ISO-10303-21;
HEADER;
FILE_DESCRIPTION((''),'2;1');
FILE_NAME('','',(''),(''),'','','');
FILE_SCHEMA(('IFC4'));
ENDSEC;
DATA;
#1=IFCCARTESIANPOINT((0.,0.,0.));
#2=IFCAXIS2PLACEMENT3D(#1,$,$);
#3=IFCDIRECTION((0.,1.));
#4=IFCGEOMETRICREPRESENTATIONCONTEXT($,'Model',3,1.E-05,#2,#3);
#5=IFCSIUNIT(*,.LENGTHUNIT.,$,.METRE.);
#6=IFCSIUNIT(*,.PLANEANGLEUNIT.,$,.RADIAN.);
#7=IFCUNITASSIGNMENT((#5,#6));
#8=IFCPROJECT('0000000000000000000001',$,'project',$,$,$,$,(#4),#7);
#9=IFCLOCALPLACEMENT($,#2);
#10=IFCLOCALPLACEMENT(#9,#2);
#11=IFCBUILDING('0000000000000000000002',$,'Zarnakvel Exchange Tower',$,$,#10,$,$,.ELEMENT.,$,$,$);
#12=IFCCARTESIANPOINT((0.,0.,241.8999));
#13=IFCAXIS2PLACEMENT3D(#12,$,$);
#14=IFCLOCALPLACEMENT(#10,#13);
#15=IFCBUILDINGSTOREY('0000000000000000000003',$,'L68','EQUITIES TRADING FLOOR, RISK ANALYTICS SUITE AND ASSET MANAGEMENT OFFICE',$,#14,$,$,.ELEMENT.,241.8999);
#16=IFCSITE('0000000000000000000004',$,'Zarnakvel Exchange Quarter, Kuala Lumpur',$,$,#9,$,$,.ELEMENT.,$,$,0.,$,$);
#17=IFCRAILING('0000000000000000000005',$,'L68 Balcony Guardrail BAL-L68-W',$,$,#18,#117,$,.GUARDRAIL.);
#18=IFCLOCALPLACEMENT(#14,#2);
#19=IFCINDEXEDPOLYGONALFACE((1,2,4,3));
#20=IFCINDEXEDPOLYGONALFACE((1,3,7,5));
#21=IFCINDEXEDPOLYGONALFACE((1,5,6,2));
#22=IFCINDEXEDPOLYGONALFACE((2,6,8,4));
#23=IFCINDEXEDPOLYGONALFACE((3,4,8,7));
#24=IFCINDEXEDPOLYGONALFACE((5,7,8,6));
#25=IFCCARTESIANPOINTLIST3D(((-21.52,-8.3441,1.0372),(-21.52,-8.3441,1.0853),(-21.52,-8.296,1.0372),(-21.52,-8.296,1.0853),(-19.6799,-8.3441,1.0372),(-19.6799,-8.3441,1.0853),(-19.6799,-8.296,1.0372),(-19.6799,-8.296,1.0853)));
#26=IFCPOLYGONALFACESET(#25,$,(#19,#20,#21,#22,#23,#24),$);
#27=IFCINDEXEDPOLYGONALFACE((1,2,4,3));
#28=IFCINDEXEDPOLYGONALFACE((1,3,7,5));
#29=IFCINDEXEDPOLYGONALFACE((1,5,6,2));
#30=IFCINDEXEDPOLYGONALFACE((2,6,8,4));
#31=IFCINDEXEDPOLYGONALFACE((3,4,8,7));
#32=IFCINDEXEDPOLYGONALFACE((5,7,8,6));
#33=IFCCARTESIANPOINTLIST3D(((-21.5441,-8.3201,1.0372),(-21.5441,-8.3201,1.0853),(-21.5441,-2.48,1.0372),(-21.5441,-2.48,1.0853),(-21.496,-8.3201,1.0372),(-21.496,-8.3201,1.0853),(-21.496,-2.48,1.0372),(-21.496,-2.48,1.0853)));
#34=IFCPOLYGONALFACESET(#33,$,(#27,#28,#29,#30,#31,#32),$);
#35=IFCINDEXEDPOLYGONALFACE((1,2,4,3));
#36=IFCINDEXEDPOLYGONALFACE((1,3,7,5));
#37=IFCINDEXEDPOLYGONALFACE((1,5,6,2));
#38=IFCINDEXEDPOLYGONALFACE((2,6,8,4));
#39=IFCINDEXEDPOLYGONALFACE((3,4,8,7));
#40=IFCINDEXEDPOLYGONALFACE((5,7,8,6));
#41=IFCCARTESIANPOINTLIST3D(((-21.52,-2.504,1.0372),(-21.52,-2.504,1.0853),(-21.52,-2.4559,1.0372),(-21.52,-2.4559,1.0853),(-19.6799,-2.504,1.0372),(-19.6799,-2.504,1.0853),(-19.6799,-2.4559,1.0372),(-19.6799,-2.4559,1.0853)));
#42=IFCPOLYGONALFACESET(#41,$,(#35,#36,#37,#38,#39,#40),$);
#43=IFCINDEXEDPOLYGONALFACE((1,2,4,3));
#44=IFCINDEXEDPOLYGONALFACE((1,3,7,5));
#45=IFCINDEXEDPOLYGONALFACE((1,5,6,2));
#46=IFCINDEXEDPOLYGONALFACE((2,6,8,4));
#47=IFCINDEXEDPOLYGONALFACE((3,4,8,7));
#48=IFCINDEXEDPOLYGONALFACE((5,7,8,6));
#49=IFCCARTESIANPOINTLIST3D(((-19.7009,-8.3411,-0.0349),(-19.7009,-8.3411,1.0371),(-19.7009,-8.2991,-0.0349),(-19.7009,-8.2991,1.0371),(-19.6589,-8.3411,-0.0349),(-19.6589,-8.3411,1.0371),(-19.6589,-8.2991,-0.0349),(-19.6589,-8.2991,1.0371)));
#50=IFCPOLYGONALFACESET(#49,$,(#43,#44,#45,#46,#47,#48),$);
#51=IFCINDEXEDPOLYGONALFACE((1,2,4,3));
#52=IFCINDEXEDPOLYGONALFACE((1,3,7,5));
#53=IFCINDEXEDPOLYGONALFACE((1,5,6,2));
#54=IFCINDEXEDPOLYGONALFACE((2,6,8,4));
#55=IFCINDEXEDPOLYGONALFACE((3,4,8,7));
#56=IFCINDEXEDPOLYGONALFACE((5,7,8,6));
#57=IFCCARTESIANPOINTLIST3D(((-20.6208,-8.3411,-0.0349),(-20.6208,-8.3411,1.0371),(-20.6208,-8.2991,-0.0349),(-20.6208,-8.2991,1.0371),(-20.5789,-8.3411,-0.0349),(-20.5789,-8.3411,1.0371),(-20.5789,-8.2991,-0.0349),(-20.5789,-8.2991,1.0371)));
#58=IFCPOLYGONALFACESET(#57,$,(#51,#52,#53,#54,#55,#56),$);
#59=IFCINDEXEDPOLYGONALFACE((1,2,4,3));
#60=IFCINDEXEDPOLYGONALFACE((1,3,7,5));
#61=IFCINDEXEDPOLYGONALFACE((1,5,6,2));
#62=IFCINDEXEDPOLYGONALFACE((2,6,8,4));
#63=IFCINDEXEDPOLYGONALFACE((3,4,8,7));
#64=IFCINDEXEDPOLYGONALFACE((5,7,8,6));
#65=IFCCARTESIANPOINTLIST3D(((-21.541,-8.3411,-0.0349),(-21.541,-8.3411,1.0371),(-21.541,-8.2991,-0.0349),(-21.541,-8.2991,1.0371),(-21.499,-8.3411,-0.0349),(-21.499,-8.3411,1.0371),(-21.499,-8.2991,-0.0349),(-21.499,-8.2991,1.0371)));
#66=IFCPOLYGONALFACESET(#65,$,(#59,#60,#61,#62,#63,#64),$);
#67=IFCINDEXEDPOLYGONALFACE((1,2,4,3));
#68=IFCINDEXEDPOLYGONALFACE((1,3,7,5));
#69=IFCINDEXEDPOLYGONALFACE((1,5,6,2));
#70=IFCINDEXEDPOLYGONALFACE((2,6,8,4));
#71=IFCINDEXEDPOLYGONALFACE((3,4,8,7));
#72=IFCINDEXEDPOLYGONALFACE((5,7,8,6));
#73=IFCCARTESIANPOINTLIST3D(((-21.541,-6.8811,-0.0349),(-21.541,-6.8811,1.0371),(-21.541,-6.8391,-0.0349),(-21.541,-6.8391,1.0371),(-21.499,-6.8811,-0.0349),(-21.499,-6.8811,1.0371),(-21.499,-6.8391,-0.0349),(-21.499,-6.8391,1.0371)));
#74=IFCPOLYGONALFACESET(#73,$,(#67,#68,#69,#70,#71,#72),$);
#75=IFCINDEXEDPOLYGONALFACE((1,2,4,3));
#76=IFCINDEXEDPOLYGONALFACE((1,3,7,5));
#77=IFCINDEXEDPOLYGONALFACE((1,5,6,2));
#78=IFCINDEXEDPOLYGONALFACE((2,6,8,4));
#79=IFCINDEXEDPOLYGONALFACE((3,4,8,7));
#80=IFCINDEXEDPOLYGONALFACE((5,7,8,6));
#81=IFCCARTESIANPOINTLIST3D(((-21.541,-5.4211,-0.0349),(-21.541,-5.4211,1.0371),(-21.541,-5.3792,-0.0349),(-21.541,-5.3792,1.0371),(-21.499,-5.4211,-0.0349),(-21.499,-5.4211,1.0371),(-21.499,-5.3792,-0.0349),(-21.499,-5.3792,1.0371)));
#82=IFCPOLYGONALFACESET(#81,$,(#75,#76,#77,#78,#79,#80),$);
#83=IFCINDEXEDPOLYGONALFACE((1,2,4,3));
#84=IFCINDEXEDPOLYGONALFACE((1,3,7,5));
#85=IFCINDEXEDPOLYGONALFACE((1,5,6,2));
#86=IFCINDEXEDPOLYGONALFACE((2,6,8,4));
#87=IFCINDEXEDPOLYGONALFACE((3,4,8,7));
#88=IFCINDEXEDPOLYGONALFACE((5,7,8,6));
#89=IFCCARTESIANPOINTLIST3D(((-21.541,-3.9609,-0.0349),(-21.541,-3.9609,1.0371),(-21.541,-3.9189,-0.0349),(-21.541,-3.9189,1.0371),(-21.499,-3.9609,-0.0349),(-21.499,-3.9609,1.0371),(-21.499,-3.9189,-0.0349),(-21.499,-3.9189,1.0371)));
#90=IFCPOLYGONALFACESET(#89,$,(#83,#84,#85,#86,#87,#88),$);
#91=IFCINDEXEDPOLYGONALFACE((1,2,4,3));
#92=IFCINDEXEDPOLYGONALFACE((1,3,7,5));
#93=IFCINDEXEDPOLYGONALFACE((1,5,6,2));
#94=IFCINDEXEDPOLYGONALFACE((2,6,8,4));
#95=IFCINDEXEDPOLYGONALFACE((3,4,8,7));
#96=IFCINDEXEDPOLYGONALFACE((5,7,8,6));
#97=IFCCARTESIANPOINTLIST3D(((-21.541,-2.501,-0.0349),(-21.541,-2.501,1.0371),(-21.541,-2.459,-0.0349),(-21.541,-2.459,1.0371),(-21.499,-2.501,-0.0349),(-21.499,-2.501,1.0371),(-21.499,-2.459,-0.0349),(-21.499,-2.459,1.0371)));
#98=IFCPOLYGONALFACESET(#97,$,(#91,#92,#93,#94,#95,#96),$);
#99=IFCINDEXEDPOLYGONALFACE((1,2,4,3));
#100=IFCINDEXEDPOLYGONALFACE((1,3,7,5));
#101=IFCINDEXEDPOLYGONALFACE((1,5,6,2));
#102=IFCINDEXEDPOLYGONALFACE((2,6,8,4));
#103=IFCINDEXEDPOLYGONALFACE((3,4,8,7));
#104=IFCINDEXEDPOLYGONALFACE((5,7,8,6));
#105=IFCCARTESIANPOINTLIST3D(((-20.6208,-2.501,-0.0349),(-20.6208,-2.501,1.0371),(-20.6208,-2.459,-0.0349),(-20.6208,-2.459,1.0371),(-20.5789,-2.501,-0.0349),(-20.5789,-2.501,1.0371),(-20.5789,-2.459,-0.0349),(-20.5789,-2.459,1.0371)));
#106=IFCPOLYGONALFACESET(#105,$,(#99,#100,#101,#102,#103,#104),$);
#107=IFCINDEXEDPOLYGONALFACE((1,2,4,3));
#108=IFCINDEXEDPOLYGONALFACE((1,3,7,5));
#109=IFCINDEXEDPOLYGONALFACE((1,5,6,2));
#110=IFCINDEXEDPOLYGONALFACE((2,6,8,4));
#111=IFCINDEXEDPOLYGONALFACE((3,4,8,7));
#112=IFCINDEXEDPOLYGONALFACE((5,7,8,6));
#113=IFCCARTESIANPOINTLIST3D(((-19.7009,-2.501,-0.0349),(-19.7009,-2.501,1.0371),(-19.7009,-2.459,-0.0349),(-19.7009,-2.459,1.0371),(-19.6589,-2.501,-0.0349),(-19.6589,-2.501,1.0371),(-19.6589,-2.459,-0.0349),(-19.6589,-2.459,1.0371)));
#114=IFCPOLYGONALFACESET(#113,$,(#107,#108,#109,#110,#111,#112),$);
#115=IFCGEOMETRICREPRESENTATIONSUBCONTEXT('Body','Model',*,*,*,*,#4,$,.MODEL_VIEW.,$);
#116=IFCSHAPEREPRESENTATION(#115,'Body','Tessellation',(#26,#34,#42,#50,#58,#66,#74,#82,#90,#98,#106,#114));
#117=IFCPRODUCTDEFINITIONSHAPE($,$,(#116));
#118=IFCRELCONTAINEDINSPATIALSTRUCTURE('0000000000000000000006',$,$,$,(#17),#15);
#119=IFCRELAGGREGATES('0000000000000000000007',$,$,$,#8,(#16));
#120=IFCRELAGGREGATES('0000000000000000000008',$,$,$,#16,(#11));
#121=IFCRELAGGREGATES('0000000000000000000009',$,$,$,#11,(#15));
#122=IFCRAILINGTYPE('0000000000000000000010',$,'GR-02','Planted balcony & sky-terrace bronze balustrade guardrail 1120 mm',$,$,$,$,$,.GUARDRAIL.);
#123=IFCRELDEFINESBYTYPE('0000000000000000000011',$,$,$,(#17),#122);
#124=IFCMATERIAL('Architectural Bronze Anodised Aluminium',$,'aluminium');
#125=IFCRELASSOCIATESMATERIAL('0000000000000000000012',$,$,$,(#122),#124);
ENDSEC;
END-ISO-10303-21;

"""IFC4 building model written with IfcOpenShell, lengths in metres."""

from ifc_helpers import new_model, si_unit, direction, frame, origin, origin_2d, place, context, subcontext, project, spatial, rectangle, extrude, material, type_object, element, save


model = new_model("IFC4")

# Units and contexts
model_context = context("Model", 3, precision=1e-05, world=origin(), true_north=direction((0.0, 1.0)))
body_context = subcontext(model_context, "Body", "Model", "MODEL_VIEW")
ifc_project = project(units=[si_unit("LENGTHUNIT", "METRE"), si_unit("PLANEANGLEUNIT", "RADIAN")], contexts=[model_context])

# Site, building, storey
site_placement = place(None, origin())
site = spatial("IfcSite", under=ifc_project, at=site_placement, Name="Zarnakvel Exchange Quarter, Kuala Lumpur", CompositionType="ELEMENT", RefElevation=0.0)
building_placement = place(site_placement, origin())
building = spatial("IfcBuilding", under=site, at=building_placement, Name="Zarnakvel Exchange Tower", CompositionType="ELEMENT")
storey_placement = place(building_placement, frame((0.0, 0.0, 241.8999)))
storey = spatial("IfcBuildingStorey", under=building, at=storey_placement, Name="L68", Description="EQUITIES TRADING FLOOR, RISK ANALYTICS SUITE AND ASSET MANAGEMENT OFFICE", CompositionType="ELEMENT", Elevation=241.8999)

# Railing
ifc_material_1 = material(Name="Architectural Bronze Anodised Aluminium", Category="aluminium")
railing_type = type_object("IfcRailingType", Name="GR-02", Description="Planted balcony & sky-terrace bronze balustrade guardrail 1120 mm", PredefinedType="GUARDRAIL", material=ifc_material_1)
railing_1_placement = place(storey_placement, frame((-19.6799, -8.3201, -0.0349)))
element("IfcRailing", 1, at=railing_1_placement, inside=storey, type_object=railing_type, Name="L68 Balcony Guardrail BAL-L68-W", PredefinedType="GUARDRAIL", context=body_context, shape_type="SweptSolid", body=[
    extrude(rectangle(XDim=0.0481, YDim=0.0481, at=origin_2d()), frame((0.0, 0.0, 1.0962), z_axis=(-1.0, 0.0, 0.0), x_axis=(0.0, -1.0, 0.0)), (0.0, 0.0, 1.0), 1.8401),
    extrude(rectangle(XDim=0.0481, YDim=0.0481, at=origin_2d()), frame((-1.8401, 0.0, 1.0962), z_axis=(0.0, 1.0, 0.0), x_axis=(-1.0, 0.0, 0.0)), (0.0, 0.0, 1.0), 5.8401),
    extrude(rectangle(XDim=0.0481, YDim=0.0481, at=origin_2d()), frame((-1.8401, 5.8401, 1.0962), z_axis=(1.0, 0.0, 0.0), x_axis=(0.0, 1.0, 0.0)), (0.0, 0.0, 1.0), 1.8401),
    extrude(rectangle(XDim=0.042, YDim=0.042, at=origin_2d()), origin(), (0.0, 0.0, 1.0), 1.072),
    extrude(rectangle(XDim=0.042, YDim=0.042, at=origin_2d()), frame((-0.9199, 0.0, 0.0)), (0.0, 0.0, 1.0), 1.072),
    extrude(rectangle(XDim=0.042, YDim=0.042, at=origin_2d()), frame((-1.8401, 0.0, 0.0)), (0.0, 0.0, 1.0), 1.072),
    extrude(rectangle(XDim=0.042, YDim=0.042, at=origin_2d()), frame((-1.8401, 1.46, 0.0)), (0.0, 0.0, 1.0), 1.072),
    extrude(rectangle(XDim=0.042, YDim=0.042, at=origin_2d()), frame((-1.8401, 2.9199, 0.0)), (0.0, 0.0, 1.0), 1.072),
    extrude(rectangle(XDim=0.042, YDim=0.042, at=origin_2d()), frame((-1.8401, 4.3801, 0.0)), (0.0, 0.0, 1.0), 1.072),
    extrude(rectangle(XDim=0.042, YDim=0.042, at=origin_2d()), frame((-1.8401, 5.8401, 0.0)), (0.0, 0.0, 1.0), 1.072),
    extrude(rectangle(XDim=0.042, YDim=0.042, at=origin_2d()), frame((-0.9199, 5.8401, 0.0)), (0.0, 0.0, 1.0), 1.072),
    extrude(rectangle(XDim=0.042, YDim=0.042, at=origin_2d()), frame((0.0, 5.8401, 0.0)), (0.0, 0.0, 1.0), 1.072),
])

save(model, "model.ifc")
